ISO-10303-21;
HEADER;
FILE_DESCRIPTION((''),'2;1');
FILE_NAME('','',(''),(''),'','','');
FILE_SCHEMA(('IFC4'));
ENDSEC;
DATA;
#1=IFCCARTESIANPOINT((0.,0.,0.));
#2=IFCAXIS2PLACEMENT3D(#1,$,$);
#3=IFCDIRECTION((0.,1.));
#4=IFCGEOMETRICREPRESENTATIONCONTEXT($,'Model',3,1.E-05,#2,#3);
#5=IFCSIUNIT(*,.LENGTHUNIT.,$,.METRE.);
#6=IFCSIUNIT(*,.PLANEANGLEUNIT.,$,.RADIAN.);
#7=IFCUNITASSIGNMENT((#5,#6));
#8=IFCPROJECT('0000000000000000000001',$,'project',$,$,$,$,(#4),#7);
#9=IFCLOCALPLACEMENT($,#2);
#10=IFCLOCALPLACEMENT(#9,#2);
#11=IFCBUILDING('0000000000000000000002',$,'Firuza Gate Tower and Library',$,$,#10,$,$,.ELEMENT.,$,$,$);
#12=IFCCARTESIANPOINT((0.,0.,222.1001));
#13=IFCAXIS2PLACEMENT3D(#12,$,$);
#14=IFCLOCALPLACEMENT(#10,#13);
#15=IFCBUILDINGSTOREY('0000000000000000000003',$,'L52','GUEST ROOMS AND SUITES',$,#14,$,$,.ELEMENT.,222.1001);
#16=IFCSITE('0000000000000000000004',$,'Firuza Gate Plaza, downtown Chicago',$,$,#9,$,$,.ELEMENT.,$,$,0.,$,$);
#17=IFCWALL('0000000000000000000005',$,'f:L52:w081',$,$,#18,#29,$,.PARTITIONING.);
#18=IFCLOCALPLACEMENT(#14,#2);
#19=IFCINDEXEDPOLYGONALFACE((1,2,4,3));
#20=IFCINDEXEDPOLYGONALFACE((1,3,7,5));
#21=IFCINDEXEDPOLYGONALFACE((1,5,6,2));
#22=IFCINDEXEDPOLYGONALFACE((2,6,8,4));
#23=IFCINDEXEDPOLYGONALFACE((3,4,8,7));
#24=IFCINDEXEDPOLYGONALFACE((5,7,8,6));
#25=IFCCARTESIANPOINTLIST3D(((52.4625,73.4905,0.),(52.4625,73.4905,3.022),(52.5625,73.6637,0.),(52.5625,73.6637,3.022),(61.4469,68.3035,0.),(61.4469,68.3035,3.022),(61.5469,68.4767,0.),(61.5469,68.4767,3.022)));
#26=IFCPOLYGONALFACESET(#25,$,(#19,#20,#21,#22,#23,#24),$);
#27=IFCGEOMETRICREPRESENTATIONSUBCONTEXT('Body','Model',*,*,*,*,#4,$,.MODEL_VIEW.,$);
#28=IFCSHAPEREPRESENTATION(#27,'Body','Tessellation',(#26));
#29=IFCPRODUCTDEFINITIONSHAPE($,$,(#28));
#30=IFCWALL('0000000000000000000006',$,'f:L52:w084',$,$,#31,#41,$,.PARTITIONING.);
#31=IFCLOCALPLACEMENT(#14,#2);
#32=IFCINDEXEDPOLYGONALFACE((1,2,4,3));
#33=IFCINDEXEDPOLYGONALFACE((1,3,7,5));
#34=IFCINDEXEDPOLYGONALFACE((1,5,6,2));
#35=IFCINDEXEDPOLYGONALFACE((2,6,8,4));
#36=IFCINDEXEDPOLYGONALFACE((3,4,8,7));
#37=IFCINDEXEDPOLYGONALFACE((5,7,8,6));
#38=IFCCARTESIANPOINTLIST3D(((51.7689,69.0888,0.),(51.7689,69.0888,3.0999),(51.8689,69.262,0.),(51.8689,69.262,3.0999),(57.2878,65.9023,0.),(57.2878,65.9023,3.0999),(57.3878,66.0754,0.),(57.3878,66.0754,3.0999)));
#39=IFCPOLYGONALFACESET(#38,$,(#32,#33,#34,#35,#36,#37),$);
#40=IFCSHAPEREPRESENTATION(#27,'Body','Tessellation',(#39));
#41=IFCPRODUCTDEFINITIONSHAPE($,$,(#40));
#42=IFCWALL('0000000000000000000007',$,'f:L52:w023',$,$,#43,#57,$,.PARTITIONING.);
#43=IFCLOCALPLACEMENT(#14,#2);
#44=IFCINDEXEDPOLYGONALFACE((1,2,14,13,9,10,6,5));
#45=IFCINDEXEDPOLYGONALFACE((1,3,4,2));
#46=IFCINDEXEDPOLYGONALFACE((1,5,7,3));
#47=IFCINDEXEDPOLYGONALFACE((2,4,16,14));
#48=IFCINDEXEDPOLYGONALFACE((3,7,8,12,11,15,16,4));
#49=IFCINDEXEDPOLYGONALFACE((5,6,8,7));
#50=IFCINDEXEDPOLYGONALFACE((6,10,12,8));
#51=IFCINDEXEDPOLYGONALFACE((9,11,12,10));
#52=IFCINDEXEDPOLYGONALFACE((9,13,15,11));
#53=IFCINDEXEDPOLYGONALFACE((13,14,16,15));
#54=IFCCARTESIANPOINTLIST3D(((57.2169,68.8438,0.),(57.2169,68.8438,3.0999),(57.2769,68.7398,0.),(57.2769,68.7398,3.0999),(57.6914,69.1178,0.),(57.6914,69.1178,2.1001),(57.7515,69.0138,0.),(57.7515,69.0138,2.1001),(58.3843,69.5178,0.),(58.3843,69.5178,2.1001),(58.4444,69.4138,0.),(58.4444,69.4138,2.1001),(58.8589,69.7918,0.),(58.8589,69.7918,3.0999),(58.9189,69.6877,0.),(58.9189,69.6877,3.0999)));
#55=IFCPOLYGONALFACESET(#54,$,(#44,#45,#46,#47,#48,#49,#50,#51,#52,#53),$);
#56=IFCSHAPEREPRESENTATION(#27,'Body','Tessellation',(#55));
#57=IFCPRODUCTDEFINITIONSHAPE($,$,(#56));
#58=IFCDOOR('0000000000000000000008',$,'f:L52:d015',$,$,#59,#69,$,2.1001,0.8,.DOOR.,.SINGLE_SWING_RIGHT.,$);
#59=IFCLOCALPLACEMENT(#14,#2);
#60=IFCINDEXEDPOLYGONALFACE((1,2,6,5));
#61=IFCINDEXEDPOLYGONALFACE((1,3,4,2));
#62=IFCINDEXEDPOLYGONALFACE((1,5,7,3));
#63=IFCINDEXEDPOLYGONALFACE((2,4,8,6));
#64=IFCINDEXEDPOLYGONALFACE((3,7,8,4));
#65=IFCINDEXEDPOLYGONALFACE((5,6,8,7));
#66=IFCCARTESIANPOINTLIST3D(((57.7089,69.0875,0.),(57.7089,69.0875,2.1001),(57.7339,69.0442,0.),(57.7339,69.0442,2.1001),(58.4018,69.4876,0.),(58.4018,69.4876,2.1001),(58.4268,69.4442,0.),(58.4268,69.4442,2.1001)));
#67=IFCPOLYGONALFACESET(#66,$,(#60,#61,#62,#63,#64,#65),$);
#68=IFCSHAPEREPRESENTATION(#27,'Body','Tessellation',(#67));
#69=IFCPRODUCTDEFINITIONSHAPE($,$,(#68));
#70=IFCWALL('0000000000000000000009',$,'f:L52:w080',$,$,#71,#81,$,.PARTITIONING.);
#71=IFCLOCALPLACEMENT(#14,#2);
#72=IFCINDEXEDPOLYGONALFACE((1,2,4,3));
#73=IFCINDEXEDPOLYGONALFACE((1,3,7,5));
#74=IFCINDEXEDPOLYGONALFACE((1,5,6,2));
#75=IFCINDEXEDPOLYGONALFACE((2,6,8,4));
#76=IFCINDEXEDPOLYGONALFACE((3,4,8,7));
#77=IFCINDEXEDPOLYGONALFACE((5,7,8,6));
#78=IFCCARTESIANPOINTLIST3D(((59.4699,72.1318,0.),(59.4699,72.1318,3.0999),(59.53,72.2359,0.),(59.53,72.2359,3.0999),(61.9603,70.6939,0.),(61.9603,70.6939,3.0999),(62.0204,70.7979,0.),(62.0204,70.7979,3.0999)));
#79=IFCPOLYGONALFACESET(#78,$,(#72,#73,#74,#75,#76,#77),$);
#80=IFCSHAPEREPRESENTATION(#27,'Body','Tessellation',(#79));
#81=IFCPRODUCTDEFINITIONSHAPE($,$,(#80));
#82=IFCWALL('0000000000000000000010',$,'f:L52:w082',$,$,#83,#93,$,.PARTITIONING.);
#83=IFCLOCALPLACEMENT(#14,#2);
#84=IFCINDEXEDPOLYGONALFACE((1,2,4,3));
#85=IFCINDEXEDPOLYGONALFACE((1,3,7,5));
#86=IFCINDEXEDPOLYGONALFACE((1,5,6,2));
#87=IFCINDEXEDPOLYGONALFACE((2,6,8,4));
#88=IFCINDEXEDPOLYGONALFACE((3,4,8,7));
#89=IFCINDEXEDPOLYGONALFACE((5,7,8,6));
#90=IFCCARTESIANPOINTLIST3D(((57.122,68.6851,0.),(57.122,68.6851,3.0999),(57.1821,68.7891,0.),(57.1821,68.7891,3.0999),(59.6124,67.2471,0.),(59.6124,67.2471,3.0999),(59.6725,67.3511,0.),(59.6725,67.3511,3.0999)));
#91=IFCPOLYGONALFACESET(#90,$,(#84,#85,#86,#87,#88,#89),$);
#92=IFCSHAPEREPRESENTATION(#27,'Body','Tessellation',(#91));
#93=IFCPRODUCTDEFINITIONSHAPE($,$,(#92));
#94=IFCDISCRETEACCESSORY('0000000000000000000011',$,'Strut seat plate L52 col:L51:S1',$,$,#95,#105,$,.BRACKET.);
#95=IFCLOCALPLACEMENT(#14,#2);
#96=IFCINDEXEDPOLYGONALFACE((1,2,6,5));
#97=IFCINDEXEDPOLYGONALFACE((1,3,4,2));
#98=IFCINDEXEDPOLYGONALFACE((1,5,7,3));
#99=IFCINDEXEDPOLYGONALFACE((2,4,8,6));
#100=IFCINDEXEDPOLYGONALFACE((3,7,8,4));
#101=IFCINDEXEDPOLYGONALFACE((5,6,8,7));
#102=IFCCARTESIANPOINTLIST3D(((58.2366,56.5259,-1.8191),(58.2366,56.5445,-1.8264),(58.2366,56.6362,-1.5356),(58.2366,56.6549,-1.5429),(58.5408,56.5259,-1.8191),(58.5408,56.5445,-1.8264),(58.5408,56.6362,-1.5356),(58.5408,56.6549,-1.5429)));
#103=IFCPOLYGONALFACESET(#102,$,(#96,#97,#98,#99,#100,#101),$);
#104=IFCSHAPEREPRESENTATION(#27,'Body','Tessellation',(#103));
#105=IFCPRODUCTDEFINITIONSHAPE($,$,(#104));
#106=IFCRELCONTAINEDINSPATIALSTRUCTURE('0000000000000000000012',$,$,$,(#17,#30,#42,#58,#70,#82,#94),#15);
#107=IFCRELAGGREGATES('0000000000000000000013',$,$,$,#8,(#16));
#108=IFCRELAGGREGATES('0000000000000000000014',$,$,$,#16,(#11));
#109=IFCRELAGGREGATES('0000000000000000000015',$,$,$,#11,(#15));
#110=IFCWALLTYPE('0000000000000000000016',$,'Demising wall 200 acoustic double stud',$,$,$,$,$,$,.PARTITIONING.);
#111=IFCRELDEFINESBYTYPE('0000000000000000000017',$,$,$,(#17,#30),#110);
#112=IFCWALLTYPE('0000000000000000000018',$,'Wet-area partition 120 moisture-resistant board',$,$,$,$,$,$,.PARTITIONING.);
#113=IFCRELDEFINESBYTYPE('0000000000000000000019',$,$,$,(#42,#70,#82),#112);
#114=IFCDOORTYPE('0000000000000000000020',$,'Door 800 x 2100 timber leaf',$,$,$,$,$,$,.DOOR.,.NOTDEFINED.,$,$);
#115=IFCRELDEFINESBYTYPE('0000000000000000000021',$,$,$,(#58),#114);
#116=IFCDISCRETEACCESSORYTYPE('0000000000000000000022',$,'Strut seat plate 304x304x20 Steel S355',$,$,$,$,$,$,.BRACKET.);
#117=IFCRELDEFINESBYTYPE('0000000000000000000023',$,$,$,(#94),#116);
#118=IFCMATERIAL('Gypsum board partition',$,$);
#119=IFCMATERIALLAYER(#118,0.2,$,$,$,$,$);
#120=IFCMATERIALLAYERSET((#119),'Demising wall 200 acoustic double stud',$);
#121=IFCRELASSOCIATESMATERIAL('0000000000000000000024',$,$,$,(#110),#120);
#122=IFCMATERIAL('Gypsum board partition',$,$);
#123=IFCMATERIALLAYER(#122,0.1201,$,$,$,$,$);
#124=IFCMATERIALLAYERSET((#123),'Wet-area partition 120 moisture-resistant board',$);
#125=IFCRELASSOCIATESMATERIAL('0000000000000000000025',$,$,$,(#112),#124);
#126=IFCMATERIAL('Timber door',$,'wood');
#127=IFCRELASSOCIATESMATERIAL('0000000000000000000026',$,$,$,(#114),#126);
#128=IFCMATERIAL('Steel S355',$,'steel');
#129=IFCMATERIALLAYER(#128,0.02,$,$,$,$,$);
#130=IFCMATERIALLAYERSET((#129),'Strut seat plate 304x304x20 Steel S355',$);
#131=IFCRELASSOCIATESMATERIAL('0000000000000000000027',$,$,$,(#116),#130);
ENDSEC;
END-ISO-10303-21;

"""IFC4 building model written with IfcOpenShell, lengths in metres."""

from ifc_helpers import new_model, si_unit, direction, frame, frame_2d, origin, place, context, subcontext, project, spatial, polyline, rectangle, outline, extrude, material, layer, layer_set, type_object, element, fill, save


model = new_model("IFC4")

# Units and contexts
model_context = context("Model", 3, precision=1e-05, world=origin(), true_north=direction((0.0, 1.0)))
body_context = subcontext(model_context, "Body", "Model", "MODEL_VIEW")
ifc_project = project(units=[si_unit("LENGTHUNIT", "METRE"), si_unit("PLANEANGLEUNIT", "RADIAN")], contexts=[model_context])

# Site, building, storey
site_placement = place(None, origin())
site = spatial("IfcSite", under=ifc_project, at=site_placement, Name="Firuza Gate Plaza, downtown Chicago", CompositionType="ELEMENT", RefElevation=0.0)
building_placement = place(site_placement, origin())
building = spatial("IfcBuilding", under=site, at=building_placement, Name="Firuza Gate Tower and Library", CompositionType="ELEMENT")
storey_placement = place(building_placement, frame((0.0, 0.0, 222.1001)))
storey = spatial("IfcBuildingStorey", under=building, at=storey_placement, Name="L52", Description="GUEST ROOMS AND SUITES", CompositionType="ELEMENT", Elevation=222.1001)

# Walls
ifc_material_1 = material(Name="Gypsum board partition")
ifc_layer_1 = layer(ifc_material_1, 0.2)
ifc_layer_set_1 = layer_set([ifc_layer_1], Name="Demising wall 200 acoustic double stud")
wall_type_1 = type_object("IfcWallType", Name="Demising wall 200 acoustic double stud", PredefinedType="PARTITIONING", material=ifc_layer_set_1)
wall_1_placement = place(storey_placement, frame((61.4968, 68.3901, 0.0), z_axis=(0.0, 0.0, 1.0), x_axis=(-0.86603, 0.499991, 0.0)))
element("IfcWall", 1, at=wall_1_placement, inside=storey, type_object=wall_type_1, Name="f:L52:w081", PredefinedType="PARTITIONING", context=body_context, shape_type="SweptSolid", body=[
    extrude(rectangle(XDim=10.3743, YDim=0.2, at=frame_2d((5.187, 0.0))), origin(), (0.0, 0.0, 1.0), 3.022),
])
wall_2_placement = place(storey_placement, frame((57.3379, 65.9888, 0.0), z_axis=(0.0, 0.0, 1.0), x_axis=(-0.866009, 0.500029, 0.0)))
element("IfcWall", 2, at=wall_2_placement, inside=storey, type_object=wall_type_1, Name="f:L52:w084", PredefinedType="PARTITIONING", context=body_context, shape_type="SweptSolid", body=[
    extrude(rectangle(XDim=6.3728, YDim=0.2, at=frame_2d((3.1865, 0.0))), origin(), (0.0, 0.0, 1.0), 3.0999),
])

# Wall, opening, door
ifc_material_2 = material(Name="Gypsum board partition")
ifc_layer_2 = layer(ifc_material_2, 0.1201)
ifc_layer_set_2 = layer_set([ifc_layer_2], Name="Wet-area partition 120 moisture-resistant board")
wall_type_2 = type_object("IfcWallType", Name="Wet-area partition 120 moisture-resistant board", PredefinedType="PARTITIONING", material=ifc_layer_set_2)
wall_3_placement = place(storey_placement, frame((58.8889, 69.7397, 0.0), z_axis=(0.0, 0.0, 1.0), x_axis=(-0.86604, -0.499975, 0.0)))
wall_3 = element("IfcWall", 3, at=wall_3_placement, inside=storey, type_object=wall_type_2, Name="f:L52:w023", PredefinedType="PARTITIONING", context=body_context, shape_type="SweptSolid", body=[
    extrude(rectangle(XDim=1.896, YDim=0.1201, at=frame_2d((0.948, 0.0))), origin(), (0.0, 0.0, 1.0), 3.0999),
])
opening_1_placement = place(wall_3_placement, frame((0.5481, 0.0, 0.0)))
opening_1 = element("IfcOpeningElement", 4, at=opening_1_placement, cuts=wall_3, PredefinedType="OPENING", context=body_context, shape_type="SweptSolid", body=[
    extrude(rectangle(XDim=0.8, YDim=2.1001, at=frame_2d((0.3999, 1.05))), frame((0.0, 0.0701, 0.0), z_axis=(0.0, -1.0, 0.0), x_axis=(1.0, 0.0, 0.0)), (0.0, 0.0, 1.0), 0.1401),
])
ifc_material_3 = material(Name="Timber door", Category="wood")
door_type_1 = type_object("IfcDoorType", Name="Door 800 x 2100 timber leaf", OperationType="NOTDEFINED", PredefinedType="DOOR", material=ifc_material_3)
door_1_placement = place(opening_1_placement, origin())
door_1 = element("IfcDoor", 5, at=door_1_placement, inside=storey, type_object=door_type_1, Name="f:L52:d015", OperationType="SINGLE_SWING_RIGHT", OverallHeight=2.1001, OverallWidth=0.8, PredefinedType="DOOR", context=body_context, shape_type="SweptSolid", body=[
    extrude(rectangle(XDim=0.8, YDim=2.1001, at=frame_2d((0.3999, 1.05))), frame((0.0, 0.0249, 0.0), z_axis=(0.0, -1.0, 0.0), x_axis=(1.0, 0.0, 0.0)), (0.0, 0.0, 1.0), 0.05),
])
fill(opening_1, door_1)

# Walls
for number, where, z_axis, x_axis, name in (
    (6, (61.9905, 70.7458, 0.0), (0.0, 0.0, 1.0), (-0.866009, 0.500029, 0.0), "f:L52:w080"),
    (7, (59.6426, 67.2991, 0.0), (0.0, 0.0, 1.0), (-0.866009, 0.500029, 0.0), "f:L52:w082"),
):
    element("IfcWall", number, at=place(storey_placement, frame(where, z_axis=z_axis, x_axis=x_axis)), inside=storey, type_object=wall_type_2, Name=name, PredefinedType="PARTITIONING", context=body_context, shape_type="SweptSolid", body=[
        extrude(rectangle(XDim=2.8757, YDim=0.1201, at=frame_2d((1.438, 0.0))), origin(), (0.0, 0.0, 1.0), 3.0999),
    ])

# Discrete accessory
ifc_material_4 = material(Name="Steel S355", Category="steel")
ifc_layer_3 = layer(ifc_material_4, 0.02)
ifc_layer_set_3 = layer_set([ifc_layer_3], Name="Strut seat plate 304x304x20 Steel S355")
discrete_accessory_type = type_object("IfcDiscreteAccessoryType", Name="Strut seat plate 304x304x20 Steel S355", PredefinedType="BRACKET", material=ifc_layer_set_3)
discrete_accessory_placement = place(storey_placement, frame((58.5408, 56.6362, -1.5356), z_axis=(0.0, -0.931869, 0.362795), x_axis=(-1.0, 0.0, 0.0)))
element("IfcDiscreteAccessory", 8, at=discrete_accessory_placement, inside=storey, type_object=discrete_accessory_type, Name="Strut seat plate L52 col:L51:S1", PredefinedType="BRACKET", context=body_context, shape_type="SweptSolid", body=[
    extrude(outline(polyline([(0.0, 0.0), (0.3042, 0.0), (0.3042, 0.3042), (0.0, 0.3042), (0.0, 0.0)])), origin(), (0.0, 0.0, -1.0), 0.02),
])

save(model, "model.ifc")
